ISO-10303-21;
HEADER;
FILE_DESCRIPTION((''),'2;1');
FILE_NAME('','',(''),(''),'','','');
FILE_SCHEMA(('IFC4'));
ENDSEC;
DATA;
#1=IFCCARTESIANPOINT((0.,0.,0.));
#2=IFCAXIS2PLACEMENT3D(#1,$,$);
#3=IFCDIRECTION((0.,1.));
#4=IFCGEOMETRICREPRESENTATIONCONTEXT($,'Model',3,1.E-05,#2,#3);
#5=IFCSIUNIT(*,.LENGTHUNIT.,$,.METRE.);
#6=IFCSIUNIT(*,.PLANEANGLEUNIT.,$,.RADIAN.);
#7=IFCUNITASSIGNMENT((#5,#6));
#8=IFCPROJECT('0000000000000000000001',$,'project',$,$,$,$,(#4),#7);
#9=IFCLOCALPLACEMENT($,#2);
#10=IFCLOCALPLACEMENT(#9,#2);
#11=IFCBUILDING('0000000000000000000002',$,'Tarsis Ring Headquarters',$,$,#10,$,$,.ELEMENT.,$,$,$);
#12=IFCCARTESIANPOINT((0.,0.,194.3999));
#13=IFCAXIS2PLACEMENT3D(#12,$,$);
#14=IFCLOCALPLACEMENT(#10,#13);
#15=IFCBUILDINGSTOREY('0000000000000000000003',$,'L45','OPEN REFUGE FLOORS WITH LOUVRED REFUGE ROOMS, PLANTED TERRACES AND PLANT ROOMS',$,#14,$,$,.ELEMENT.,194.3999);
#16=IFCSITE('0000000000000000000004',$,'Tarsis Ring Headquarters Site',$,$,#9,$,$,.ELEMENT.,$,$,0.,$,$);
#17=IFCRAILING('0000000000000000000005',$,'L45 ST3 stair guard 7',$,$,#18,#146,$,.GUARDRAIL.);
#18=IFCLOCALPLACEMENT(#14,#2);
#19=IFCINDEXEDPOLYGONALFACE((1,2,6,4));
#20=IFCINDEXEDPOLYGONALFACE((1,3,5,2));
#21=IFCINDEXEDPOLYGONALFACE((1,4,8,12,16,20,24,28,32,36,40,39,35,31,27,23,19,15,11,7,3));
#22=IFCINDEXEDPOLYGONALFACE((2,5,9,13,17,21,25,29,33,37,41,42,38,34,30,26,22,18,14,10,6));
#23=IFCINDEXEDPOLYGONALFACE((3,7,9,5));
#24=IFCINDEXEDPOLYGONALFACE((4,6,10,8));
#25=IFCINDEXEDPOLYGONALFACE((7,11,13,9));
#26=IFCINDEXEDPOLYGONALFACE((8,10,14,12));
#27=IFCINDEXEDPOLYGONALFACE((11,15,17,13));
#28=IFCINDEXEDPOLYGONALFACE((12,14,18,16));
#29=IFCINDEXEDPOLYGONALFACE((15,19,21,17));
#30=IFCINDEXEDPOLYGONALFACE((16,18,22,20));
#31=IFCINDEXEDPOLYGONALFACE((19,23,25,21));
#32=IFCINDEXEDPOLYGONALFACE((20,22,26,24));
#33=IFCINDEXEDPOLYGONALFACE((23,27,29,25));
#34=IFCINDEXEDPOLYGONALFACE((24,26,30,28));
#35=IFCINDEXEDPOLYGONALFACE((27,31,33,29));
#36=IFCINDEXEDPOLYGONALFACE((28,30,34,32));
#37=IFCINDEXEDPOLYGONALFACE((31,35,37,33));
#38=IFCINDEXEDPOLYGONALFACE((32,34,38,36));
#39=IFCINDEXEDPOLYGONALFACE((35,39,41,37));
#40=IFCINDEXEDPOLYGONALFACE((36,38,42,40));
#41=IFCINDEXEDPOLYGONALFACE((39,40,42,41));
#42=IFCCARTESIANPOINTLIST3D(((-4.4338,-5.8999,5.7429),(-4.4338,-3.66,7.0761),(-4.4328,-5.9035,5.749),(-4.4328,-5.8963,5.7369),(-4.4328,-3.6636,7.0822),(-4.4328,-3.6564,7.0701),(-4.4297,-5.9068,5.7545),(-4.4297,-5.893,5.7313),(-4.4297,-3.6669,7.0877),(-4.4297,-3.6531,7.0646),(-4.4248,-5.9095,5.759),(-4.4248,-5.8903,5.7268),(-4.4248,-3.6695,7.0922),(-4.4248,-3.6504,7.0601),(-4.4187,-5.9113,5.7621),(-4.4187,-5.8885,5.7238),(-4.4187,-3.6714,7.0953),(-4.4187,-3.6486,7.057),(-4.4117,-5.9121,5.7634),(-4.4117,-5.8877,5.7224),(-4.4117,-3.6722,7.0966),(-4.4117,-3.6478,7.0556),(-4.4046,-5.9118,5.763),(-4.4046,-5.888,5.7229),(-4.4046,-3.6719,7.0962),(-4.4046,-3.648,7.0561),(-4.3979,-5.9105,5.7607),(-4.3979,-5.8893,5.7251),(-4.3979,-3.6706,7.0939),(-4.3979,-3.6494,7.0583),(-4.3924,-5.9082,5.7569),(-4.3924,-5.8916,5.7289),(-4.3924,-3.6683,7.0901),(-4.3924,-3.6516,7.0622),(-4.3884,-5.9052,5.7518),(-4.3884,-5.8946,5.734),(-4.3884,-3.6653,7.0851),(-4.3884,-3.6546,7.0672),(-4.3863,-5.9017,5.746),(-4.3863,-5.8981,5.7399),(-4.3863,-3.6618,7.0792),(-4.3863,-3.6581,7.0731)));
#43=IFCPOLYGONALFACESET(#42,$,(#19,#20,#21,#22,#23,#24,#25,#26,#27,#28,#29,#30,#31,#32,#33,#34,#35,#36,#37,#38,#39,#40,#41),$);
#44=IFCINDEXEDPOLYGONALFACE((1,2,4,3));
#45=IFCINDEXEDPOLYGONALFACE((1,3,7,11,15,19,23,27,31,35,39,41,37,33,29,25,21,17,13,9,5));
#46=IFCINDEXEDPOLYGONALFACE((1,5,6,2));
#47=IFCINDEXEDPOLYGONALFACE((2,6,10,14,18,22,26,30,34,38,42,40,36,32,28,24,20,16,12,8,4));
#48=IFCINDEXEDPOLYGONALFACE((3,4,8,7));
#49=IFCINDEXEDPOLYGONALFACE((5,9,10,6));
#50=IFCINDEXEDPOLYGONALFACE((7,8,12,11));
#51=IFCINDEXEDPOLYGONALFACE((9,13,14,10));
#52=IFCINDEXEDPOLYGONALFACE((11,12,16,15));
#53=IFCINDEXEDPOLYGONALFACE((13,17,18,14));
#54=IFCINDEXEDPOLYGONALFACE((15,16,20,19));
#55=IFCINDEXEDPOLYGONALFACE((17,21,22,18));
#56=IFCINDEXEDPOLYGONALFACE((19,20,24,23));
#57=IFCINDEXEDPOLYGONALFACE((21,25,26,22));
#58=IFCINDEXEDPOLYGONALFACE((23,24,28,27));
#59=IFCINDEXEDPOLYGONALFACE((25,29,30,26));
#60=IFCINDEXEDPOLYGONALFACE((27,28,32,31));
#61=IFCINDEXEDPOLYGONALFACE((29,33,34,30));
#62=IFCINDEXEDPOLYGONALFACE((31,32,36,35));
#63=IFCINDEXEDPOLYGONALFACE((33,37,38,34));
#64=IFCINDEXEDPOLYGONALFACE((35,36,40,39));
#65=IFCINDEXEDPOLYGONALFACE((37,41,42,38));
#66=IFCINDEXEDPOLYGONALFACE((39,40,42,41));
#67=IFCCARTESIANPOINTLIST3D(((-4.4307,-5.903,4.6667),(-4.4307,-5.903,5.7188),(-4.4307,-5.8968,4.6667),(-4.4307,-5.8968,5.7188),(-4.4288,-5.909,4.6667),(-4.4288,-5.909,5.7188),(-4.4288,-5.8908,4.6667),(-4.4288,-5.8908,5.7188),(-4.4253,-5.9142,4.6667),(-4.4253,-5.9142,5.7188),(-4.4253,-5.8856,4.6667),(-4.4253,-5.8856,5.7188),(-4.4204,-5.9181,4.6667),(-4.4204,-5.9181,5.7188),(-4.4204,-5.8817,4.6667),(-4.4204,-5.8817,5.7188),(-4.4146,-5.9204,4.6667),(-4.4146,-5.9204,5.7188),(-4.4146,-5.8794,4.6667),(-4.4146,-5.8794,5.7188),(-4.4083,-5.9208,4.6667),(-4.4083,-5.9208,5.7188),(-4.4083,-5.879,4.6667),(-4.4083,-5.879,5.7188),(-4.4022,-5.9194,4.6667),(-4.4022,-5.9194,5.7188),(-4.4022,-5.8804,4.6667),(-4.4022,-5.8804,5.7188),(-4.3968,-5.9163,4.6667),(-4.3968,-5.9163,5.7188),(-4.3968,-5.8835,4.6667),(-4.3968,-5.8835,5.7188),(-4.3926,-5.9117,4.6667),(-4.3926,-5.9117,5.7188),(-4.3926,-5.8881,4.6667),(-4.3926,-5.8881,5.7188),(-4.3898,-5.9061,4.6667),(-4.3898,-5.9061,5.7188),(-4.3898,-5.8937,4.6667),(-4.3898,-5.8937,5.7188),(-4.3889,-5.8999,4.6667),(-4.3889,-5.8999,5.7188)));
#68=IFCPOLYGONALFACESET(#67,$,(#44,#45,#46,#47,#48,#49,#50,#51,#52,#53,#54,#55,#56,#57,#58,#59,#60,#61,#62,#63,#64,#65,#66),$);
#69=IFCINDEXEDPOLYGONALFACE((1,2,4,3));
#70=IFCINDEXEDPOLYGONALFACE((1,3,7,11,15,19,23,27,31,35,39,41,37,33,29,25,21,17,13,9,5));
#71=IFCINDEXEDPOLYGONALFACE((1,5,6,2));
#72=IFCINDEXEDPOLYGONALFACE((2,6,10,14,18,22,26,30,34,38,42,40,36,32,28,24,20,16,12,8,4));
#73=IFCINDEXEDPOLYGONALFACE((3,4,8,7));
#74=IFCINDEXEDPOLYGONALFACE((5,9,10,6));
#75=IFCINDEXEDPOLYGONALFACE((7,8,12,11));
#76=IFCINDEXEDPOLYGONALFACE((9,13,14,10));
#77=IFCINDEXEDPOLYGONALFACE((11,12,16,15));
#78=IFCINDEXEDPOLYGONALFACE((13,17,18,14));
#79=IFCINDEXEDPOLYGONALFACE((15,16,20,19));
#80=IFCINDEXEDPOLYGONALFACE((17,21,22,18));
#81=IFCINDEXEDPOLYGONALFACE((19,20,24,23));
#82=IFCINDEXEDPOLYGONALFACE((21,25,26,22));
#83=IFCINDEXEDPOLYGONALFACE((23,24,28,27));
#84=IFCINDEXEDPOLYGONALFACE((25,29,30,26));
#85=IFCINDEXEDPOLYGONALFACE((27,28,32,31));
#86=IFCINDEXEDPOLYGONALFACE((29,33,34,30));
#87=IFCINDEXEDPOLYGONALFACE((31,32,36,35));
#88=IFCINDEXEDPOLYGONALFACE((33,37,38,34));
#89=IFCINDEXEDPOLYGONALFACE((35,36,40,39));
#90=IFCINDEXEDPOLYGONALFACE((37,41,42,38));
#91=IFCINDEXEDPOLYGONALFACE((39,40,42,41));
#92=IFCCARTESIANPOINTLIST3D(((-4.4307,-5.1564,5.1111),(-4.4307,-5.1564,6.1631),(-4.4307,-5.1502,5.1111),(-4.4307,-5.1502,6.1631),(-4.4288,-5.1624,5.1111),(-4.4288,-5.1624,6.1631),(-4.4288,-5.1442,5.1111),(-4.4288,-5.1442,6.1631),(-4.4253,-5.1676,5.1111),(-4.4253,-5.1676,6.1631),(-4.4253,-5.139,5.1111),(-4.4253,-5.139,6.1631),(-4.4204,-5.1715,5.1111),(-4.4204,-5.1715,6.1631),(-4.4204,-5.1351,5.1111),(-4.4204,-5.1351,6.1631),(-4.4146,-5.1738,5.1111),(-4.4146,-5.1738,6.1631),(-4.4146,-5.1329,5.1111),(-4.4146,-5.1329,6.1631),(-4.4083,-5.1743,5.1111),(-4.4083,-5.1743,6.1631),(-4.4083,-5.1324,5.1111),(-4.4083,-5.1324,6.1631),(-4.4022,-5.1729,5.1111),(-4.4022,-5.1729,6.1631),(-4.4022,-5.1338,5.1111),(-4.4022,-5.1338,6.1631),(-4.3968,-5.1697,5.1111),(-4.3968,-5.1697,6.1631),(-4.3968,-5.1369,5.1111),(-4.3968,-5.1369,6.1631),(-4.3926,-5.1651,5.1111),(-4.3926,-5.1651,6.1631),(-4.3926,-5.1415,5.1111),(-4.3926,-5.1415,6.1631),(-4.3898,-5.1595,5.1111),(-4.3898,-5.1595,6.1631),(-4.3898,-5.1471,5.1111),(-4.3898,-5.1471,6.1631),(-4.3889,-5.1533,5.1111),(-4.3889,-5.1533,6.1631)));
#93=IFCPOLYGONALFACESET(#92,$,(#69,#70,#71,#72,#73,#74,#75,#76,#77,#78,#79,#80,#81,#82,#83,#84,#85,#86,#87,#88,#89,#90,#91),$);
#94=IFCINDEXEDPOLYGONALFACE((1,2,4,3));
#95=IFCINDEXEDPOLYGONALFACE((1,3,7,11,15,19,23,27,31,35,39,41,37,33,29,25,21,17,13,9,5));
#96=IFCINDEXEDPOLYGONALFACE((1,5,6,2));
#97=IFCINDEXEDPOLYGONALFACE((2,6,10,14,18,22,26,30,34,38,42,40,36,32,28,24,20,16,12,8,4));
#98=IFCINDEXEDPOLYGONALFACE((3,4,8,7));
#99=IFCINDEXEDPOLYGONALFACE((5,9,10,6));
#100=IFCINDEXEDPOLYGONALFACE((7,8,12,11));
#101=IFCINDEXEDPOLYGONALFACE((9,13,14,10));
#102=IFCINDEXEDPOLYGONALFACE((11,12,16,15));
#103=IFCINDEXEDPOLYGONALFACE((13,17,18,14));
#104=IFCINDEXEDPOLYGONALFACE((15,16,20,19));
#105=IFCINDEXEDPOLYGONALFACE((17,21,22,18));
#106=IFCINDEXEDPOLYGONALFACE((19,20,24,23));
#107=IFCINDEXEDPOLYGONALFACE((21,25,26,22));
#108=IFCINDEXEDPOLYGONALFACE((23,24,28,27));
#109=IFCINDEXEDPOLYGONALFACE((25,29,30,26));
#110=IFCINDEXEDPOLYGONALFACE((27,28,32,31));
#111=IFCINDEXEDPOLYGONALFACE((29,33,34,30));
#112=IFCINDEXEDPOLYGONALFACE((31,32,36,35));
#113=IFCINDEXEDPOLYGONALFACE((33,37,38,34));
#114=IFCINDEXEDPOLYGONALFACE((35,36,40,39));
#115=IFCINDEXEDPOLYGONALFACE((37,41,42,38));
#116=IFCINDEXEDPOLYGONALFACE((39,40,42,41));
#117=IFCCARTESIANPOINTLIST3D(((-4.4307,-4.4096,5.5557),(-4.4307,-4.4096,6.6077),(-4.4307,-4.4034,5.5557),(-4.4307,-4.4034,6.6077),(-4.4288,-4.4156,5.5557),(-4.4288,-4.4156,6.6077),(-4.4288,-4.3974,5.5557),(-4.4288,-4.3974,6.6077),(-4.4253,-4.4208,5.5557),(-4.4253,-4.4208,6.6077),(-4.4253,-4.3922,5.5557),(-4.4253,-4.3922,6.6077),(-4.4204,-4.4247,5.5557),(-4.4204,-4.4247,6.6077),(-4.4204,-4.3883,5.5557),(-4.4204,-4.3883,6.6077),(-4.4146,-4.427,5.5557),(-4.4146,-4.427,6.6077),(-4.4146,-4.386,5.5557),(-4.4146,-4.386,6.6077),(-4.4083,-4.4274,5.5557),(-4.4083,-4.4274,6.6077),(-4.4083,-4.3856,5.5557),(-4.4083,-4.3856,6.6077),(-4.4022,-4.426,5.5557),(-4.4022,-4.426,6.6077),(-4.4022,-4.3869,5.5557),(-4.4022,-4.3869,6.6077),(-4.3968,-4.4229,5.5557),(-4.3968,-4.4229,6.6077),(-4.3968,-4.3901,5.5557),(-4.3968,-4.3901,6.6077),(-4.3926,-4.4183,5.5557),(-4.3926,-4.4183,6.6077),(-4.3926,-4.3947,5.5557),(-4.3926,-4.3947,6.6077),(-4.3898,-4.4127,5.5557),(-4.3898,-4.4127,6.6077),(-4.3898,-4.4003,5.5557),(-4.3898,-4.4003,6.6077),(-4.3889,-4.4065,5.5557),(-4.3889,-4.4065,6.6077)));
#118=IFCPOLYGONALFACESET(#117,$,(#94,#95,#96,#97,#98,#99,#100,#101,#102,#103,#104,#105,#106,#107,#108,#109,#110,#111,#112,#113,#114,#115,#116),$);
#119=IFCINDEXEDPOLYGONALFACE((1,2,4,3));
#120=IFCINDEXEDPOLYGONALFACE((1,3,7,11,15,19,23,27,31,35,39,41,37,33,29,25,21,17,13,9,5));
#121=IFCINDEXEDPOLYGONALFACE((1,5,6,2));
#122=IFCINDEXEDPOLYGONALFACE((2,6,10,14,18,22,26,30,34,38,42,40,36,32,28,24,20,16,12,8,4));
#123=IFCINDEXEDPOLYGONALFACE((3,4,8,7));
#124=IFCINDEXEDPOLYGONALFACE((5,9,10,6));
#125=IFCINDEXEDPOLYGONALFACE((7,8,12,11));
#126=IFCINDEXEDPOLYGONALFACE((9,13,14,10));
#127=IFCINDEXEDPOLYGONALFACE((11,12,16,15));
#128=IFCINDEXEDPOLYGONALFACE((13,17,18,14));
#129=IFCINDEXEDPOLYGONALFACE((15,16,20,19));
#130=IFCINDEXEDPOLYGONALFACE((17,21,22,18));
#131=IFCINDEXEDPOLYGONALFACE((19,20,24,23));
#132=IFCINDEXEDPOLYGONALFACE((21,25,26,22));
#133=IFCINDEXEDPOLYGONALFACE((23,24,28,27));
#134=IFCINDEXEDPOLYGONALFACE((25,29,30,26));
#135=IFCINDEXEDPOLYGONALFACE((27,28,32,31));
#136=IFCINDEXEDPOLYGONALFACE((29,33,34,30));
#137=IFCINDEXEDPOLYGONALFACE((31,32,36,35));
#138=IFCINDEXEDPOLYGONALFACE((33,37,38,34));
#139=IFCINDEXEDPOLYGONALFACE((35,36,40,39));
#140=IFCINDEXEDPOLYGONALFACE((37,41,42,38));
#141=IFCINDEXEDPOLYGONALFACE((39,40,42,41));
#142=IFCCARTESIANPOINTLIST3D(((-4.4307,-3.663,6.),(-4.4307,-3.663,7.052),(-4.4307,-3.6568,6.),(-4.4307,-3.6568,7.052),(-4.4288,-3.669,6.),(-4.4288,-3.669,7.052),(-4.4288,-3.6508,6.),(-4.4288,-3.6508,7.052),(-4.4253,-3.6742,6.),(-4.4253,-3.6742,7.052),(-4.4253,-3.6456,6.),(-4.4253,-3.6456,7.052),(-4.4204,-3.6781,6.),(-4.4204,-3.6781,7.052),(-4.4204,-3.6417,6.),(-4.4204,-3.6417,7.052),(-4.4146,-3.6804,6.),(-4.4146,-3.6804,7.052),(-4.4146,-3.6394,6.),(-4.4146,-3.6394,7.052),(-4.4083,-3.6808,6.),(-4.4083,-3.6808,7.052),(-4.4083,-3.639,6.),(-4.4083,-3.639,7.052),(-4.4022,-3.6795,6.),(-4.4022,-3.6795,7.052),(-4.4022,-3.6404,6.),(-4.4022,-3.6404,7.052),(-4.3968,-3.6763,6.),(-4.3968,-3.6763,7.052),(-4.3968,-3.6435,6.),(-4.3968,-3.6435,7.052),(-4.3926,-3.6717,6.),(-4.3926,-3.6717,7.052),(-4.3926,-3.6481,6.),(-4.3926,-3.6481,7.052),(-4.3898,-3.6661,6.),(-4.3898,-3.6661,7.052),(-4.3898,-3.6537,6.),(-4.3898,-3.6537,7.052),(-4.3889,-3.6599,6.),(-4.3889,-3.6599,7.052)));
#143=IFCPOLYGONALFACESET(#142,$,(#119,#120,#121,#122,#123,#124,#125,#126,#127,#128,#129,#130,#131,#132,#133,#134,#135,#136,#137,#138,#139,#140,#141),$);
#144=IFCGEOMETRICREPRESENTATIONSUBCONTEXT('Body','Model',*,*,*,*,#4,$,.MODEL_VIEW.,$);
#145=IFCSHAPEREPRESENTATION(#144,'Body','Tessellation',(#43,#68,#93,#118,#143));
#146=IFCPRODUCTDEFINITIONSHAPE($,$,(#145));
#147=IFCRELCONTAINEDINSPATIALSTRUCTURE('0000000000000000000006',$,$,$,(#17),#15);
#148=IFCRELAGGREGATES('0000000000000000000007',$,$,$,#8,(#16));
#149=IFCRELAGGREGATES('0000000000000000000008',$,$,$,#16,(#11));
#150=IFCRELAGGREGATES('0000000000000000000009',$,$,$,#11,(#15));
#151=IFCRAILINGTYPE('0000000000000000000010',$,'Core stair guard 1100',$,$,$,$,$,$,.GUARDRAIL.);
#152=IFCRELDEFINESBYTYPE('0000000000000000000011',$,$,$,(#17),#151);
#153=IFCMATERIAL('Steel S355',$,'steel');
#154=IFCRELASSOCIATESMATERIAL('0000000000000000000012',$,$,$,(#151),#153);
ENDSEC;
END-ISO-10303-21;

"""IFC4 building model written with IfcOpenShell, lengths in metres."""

from ifc_helpers import new_model, si_unit, direction, frame, origin, origin_2d, place, context, subcontext, project, spatial, circle, extrude, material, type_object, element, save


model = new_model("IFC4")

# Units and contexts
model_context = context("Model", 3, precision=1e-05, world=origin(), true_north=direction((0.0, 1.0)))
body_context = subcontext(model_context, "Body", "Model", "MODEL_VIEW")
ifc_project = project(units=[si_unit("LENGTHUNIT", "METRE"), si_unit("PLANEANGLEUNIT", "RADIAN")], contexts=[model_context])

# Site, building, storey
site_placement = place(None, origin())
site = spatial("IfcSite", under=ifc_project, at=site_placement, Name="Tarsis Ring Headquarters Site", CompositionType="ELEMENT", RefElevation=0.0)
building_placement = place(site_placement, origin())
building = spatial("IfcBuilding", under=site, at=building_placement, Name="Tarsis Ring Headquarters", CompositionType="ELEMENT")
storey_placement = place(building_placement, frame((0.0, 0.0, 194.3999)))
storey = spatial("IfcBuildingStorey", under=building, at=storey_placement, Name="L45", Description="OPEN REFUGE FLOORS WITH LOUVRED REFUGE ROOMS, PLANTED TERRACES AND PLANT ROOMS", CompositionType="ELEMENT", Elevation=194.3999)

# Railing
ifc_material_1 = material(Name="Steel S355", Category="steel")
railing_type_1 = type_object("IfcRailingType", Name="Core stair guard 1100", PredefinedType="GUARDRAIL", material=ifc_material_1)
railing_1_placement = place(storey_placement, frame((-4.4099, -5.8999, 4.6667)))
element("IfcRailing", 1, at=railing_1_placement, inside=storey, type_object=railing_type_1, Name="L45 ST3 stair guard 7", PredefinedType="GUARDRAIL", context=body_context, shape_type="SweptSolid", body=[
    extrude(circle(Radius=0.0239, at=origin_2d()), frame((0.0, 0.0, 1.0762), z_axis=(0.0, 0.859306, 0.511462), x_axis=(-1.0, 0.0, 0.0)), (0.0, 0.0, 1.0), 2.6067),
    extrude(circle(Radius=0.021, at=origin_2d()), origin(), (0.0, 0.0, 1.0), 1.052),
    extrude(circle(Radius=0.021, at=origin_2d()), frame((0.0, 0.7466, 0.4443)), (0.0, 0.0, 1.0), 1.052),
    extrude(circle(Radius=0.021, at=origin_2d()), frame((0.0, 1.4934, 0.8889)), (0.0, 0.0, 1.0), 1.052),
    extrude(circle(Radius=0.021, at=origin_2d()), frame((0.0, 2.24, 1.3333)), (0.0, 0.0, 1.0), 1.052),
])

save(model, "model.ifc")
